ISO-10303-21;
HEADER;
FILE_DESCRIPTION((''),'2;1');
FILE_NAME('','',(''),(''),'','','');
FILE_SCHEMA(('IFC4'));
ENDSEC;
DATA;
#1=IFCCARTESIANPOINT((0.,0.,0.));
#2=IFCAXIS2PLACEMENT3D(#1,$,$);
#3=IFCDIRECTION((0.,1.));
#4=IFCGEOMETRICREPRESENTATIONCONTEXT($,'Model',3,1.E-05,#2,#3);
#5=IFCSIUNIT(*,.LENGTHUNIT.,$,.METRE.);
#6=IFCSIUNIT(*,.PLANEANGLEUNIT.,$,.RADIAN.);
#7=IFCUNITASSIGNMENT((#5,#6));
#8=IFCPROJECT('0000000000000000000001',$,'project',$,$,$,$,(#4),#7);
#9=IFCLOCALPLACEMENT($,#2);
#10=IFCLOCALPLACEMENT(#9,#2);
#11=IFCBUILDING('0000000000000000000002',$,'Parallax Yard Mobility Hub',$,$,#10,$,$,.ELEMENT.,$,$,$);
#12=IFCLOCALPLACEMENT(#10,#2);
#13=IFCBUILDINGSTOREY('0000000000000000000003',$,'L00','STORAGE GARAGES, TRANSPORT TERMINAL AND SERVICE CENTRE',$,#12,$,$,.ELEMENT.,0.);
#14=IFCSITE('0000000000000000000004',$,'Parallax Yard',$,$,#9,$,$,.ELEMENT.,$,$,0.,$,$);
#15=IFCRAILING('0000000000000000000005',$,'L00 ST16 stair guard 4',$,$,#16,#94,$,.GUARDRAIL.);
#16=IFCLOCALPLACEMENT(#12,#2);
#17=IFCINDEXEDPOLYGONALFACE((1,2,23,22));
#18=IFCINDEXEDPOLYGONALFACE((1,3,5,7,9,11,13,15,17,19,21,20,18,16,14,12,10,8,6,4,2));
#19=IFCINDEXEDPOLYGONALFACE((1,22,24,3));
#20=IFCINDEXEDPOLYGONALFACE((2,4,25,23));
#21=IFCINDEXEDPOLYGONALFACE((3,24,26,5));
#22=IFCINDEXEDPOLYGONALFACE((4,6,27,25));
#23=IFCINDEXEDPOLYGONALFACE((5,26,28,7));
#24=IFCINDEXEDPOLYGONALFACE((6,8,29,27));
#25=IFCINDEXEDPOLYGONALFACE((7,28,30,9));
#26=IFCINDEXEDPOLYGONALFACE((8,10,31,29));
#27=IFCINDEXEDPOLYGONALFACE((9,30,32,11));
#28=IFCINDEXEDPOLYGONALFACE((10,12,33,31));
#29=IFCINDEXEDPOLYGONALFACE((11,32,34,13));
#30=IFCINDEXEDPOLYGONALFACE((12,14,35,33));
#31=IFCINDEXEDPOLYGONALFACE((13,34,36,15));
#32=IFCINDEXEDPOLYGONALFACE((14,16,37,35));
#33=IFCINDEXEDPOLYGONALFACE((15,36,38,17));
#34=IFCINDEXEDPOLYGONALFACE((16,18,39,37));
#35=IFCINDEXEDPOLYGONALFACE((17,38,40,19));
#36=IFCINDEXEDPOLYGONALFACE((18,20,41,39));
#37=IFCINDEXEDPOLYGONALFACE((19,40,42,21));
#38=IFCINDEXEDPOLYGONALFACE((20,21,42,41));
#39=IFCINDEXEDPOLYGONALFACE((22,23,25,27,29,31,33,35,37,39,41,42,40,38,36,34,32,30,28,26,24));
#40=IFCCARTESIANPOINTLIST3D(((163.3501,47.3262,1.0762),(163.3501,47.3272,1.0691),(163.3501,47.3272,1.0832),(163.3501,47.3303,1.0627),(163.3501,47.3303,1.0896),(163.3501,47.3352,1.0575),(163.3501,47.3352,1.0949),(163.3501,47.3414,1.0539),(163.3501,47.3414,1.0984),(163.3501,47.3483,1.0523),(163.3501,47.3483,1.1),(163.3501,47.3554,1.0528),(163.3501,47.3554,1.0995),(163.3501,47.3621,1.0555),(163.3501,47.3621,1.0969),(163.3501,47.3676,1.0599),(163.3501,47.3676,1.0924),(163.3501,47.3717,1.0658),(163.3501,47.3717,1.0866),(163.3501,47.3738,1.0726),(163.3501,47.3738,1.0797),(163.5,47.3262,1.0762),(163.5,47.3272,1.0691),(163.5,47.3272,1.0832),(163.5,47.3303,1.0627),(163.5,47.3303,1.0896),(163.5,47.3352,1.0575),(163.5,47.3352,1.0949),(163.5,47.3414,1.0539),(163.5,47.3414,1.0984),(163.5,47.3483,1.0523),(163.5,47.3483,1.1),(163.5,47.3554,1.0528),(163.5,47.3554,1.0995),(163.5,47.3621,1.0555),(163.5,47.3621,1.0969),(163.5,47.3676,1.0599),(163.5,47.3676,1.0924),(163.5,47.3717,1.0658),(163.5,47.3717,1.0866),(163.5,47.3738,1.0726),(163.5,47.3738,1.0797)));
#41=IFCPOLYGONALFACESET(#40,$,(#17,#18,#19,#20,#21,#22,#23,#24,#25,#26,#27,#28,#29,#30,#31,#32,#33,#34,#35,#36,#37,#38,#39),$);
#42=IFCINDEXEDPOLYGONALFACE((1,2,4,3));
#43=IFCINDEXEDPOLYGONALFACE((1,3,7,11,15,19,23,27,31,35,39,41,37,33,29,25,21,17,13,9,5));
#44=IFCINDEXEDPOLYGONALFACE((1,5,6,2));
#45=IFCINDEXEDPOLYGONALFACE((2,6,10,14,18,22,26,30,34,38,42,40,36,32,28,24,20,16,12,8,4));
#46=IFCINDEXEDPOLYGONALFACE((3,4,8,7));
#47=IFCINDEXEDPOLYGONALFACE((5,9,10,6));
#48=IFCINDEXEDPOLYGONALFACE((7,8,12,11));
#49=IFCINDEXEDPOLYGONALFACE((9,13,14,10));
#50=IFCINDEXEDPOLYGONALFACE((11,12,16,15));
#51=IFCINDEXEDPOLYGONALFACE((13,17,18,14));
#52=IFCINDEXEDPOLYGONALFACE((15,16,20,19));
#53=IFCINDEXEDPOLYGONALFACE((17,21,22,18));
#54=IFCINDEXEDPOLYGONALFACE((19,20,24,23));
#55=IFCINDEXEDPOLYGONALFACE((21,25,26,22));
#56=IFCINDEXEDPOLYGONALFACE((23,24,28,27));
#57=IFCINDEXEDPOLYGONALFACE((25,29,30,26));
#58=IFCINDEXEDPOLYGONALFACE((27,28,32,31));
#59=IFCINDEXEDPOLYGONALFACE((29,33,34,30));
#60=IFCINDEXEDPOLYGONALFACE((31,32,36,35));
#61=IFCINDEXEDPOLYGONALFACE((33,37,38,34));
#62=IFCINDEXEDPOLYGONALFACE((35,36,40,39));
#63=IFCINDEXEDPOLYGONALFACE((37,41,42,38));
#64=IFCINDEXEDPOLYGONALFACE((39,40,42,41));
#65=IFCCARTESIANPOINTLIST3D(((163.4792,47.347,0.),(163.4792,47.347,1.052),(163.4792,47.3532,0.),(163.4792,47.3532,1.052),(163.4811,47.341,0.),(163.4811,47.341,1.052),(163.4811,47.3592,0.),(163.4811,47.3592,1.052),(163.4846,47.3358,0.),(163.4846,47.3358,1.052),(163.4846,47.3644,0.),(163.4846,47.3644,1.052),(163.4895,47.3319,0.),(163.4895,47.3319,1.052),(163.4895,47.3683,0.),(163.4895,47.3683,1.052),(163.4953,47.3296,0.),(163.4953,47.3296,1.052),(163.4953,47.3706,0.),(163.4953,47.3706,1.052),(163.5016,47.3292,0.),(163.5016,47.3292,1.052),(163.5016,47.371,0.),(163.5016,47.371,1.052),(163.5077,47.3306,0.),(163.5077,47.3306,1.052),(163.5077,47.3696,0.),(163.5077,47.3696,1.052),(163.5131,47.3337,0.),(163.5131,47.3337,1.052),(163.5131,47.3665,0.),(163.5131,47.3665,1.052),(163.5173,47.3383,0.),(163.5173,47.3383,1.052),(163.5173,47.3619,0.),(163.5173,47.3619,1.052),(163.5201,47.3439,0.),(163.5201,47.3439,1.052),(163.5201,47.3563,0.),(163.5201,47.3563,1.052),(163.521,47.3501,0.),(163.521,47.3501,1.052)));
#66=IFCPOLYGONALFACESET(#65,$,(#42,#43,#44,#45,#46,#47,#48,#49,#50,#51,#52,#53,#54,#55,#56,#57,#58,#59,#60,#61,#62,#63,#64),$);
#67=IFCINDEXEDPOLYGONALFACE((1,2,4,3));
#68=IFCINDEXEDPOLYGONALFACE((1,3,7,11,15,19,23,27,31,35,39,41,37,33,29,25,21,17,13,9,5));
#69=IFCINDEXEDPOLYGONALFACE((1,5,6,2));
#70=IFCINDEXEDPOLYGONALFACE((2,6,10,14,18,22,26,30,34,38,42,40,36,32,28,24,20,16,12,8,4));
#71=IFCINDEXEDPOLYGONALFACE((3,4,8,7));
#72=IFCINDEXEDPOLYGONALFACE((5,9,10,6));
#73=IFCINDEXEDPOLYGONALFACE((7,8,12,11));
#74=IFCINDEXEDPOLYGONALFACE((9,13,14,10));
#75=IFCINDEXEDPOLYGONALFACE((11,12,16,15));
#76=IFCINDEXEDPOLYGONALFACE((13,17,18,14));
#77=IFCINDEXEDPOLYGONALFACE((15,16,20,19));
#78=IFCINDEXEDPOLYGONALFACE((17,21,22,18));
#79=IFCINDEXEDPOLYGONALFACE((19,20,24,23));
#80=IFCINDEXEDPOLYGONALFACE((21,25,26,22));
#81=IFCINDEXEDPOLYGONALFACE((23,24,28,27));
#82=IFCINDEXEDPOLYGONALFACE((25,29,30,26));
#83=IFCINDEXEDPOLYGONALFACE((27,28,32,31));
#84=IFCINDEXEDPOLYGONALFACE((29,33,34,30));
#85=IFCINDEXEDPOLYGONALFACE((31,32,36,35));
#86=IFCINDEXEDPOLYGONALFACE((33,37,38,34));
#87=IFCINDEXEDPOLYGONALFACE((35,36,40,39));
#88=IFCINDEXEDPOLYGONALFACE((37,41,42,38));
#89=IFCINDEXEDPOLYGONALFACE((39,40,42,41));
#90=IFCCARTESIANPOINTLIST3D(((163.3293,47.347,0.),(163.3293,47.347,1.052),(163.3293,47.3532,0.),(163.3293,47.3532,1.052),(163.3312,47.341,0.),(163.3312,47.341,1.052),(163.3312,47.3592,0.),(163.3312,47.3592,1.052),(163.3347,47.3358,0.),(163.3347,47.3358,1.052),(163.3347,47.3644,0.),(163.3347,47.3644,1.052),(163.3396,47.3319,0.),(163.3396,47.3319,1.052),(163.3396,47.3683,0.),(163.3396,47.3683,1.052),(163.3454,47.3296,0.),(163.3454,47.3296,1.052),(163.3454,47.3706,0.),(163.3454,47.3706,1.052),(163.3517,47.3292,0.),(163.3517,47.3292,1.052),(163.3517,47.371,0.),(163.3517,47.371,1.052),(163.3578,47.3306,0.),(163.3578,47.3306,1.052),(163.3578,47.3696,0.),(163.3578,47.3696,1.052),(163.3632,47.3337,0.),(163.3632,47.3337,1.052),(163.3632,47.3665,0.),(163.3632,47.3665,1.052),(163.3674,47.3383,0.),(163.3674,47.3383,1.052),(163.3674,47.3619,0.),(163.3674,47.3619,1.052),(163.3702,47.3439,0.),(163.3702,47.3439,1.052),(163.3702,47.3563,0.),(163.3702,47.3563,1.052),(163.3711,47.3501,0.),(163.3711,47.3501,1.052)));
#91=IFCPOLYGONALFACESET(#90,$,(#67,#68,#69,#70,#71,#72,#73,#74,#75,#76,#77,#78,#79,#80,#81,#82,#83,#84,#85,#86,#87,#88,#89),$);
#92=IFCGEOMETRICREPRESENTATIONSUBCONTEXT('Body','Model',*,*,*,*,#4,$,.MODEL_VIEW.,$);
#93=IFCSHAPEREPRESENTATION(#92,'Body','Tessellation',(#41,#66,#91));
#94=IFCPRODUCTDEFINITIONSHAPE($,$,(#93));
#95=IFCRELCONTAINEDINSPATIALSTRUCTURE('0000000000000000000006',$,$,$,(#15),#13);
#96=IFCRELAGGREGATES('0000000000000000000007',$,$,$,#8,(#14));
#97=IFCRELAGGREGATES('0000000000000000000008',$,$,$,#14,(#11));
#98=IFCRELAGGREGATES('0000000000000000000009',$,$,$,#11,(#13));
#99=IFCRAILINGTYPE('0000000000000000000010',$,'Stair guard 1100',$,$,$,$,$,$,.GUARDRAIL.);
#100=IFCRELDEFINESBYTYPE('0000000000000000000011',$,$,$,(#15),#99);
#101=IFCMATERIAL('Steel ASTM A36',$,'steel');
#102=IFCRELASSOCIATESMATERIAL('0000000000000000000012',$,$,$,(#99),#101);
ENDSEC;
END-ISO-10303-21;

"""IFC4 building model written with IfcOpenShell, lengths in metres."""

from ifc_helpers import new_model, si_unit, direction, frame, origin, origin_2d, place, context, subcontext, project, spatial, circle, extrude, material, type_object, element, save


model = new_model("IFC4")

# Units and contexts
model_context = context("Model", 3, precision=1e-05, world=origin(), true_north=direction((0.0, 1.0)))
body_context = subcontext(model_context, "Body", "Model", "MODEL_VIEW")
ifc_project = project(units=[si_unit("LENGTHUNIT", "METRE"), si_unit("PLANEANGLEUNIT", "RADIAN")], contexts=[model_context])

# Site, building, storey
site_placement = place(None, origin())
site = spatial("IfcSite", under=ifc_project, at=site_placement, Name="Parallax Yard", CompositionType="ELEMENT", RefElevation=0.0)
building_placement = place(site_placement, origin())
building = spatial("IfcBuilding", under=site, at=building_placement, Name="Parallax Yard Mobility Hub", CompositionType="ELEMENT")
storey_placement = place(building_placement, origin())
storey = spatial("IfcBuildingStorey", under=building, at=storey_placement, Name="L00", Description="STORAGE GARAGES, TRANSPORT TERMINAL AND SERVICE CENTRE", CompositionType="ELEMENT", Elevation=0.0)

# Railing
ifc_material_1 = material(Name="Steel ASTM A36", Category="steel")
railing_type_1 = type_object("IfcRailingType", Name="Stair guard 1100", PredefinedType="GUARDRAIL", material=ifc_material_1)
railing_1_placement = place(storey_placement, frame((163.5, 47.3501, 0.0)))
element("IfcRailing", 1, at=railing_1_placement, inside=storey, type_object=railing_type_1, Name="L00 ST16 stair guard 4", PredefinedType="GUARDRAIL", context=body_context, shape_type="SweptSolid", body=[
    extrude(circle(Radius=0.0239, at=origin_2d()), frame((0.0, 0.0, 1.0762), z_axis=(-1.0, 0.0, 0.0), x_axis=(0.0, -1.0, 0.0)), (0.0, 0.0, 1.0), 0.1499),
    extrude(circle(Radius=0.021, at=origin_2d()), origin(), (0.0, 0.0, 1.0), 1.052),
    extrude(circle(Radius=0.021, at=origin_2d()), frame((-0.1499, 0.0, 0.0)), (0.0, 0.0, 1.0), 1.052),
])

save(model, "model.ifc")
